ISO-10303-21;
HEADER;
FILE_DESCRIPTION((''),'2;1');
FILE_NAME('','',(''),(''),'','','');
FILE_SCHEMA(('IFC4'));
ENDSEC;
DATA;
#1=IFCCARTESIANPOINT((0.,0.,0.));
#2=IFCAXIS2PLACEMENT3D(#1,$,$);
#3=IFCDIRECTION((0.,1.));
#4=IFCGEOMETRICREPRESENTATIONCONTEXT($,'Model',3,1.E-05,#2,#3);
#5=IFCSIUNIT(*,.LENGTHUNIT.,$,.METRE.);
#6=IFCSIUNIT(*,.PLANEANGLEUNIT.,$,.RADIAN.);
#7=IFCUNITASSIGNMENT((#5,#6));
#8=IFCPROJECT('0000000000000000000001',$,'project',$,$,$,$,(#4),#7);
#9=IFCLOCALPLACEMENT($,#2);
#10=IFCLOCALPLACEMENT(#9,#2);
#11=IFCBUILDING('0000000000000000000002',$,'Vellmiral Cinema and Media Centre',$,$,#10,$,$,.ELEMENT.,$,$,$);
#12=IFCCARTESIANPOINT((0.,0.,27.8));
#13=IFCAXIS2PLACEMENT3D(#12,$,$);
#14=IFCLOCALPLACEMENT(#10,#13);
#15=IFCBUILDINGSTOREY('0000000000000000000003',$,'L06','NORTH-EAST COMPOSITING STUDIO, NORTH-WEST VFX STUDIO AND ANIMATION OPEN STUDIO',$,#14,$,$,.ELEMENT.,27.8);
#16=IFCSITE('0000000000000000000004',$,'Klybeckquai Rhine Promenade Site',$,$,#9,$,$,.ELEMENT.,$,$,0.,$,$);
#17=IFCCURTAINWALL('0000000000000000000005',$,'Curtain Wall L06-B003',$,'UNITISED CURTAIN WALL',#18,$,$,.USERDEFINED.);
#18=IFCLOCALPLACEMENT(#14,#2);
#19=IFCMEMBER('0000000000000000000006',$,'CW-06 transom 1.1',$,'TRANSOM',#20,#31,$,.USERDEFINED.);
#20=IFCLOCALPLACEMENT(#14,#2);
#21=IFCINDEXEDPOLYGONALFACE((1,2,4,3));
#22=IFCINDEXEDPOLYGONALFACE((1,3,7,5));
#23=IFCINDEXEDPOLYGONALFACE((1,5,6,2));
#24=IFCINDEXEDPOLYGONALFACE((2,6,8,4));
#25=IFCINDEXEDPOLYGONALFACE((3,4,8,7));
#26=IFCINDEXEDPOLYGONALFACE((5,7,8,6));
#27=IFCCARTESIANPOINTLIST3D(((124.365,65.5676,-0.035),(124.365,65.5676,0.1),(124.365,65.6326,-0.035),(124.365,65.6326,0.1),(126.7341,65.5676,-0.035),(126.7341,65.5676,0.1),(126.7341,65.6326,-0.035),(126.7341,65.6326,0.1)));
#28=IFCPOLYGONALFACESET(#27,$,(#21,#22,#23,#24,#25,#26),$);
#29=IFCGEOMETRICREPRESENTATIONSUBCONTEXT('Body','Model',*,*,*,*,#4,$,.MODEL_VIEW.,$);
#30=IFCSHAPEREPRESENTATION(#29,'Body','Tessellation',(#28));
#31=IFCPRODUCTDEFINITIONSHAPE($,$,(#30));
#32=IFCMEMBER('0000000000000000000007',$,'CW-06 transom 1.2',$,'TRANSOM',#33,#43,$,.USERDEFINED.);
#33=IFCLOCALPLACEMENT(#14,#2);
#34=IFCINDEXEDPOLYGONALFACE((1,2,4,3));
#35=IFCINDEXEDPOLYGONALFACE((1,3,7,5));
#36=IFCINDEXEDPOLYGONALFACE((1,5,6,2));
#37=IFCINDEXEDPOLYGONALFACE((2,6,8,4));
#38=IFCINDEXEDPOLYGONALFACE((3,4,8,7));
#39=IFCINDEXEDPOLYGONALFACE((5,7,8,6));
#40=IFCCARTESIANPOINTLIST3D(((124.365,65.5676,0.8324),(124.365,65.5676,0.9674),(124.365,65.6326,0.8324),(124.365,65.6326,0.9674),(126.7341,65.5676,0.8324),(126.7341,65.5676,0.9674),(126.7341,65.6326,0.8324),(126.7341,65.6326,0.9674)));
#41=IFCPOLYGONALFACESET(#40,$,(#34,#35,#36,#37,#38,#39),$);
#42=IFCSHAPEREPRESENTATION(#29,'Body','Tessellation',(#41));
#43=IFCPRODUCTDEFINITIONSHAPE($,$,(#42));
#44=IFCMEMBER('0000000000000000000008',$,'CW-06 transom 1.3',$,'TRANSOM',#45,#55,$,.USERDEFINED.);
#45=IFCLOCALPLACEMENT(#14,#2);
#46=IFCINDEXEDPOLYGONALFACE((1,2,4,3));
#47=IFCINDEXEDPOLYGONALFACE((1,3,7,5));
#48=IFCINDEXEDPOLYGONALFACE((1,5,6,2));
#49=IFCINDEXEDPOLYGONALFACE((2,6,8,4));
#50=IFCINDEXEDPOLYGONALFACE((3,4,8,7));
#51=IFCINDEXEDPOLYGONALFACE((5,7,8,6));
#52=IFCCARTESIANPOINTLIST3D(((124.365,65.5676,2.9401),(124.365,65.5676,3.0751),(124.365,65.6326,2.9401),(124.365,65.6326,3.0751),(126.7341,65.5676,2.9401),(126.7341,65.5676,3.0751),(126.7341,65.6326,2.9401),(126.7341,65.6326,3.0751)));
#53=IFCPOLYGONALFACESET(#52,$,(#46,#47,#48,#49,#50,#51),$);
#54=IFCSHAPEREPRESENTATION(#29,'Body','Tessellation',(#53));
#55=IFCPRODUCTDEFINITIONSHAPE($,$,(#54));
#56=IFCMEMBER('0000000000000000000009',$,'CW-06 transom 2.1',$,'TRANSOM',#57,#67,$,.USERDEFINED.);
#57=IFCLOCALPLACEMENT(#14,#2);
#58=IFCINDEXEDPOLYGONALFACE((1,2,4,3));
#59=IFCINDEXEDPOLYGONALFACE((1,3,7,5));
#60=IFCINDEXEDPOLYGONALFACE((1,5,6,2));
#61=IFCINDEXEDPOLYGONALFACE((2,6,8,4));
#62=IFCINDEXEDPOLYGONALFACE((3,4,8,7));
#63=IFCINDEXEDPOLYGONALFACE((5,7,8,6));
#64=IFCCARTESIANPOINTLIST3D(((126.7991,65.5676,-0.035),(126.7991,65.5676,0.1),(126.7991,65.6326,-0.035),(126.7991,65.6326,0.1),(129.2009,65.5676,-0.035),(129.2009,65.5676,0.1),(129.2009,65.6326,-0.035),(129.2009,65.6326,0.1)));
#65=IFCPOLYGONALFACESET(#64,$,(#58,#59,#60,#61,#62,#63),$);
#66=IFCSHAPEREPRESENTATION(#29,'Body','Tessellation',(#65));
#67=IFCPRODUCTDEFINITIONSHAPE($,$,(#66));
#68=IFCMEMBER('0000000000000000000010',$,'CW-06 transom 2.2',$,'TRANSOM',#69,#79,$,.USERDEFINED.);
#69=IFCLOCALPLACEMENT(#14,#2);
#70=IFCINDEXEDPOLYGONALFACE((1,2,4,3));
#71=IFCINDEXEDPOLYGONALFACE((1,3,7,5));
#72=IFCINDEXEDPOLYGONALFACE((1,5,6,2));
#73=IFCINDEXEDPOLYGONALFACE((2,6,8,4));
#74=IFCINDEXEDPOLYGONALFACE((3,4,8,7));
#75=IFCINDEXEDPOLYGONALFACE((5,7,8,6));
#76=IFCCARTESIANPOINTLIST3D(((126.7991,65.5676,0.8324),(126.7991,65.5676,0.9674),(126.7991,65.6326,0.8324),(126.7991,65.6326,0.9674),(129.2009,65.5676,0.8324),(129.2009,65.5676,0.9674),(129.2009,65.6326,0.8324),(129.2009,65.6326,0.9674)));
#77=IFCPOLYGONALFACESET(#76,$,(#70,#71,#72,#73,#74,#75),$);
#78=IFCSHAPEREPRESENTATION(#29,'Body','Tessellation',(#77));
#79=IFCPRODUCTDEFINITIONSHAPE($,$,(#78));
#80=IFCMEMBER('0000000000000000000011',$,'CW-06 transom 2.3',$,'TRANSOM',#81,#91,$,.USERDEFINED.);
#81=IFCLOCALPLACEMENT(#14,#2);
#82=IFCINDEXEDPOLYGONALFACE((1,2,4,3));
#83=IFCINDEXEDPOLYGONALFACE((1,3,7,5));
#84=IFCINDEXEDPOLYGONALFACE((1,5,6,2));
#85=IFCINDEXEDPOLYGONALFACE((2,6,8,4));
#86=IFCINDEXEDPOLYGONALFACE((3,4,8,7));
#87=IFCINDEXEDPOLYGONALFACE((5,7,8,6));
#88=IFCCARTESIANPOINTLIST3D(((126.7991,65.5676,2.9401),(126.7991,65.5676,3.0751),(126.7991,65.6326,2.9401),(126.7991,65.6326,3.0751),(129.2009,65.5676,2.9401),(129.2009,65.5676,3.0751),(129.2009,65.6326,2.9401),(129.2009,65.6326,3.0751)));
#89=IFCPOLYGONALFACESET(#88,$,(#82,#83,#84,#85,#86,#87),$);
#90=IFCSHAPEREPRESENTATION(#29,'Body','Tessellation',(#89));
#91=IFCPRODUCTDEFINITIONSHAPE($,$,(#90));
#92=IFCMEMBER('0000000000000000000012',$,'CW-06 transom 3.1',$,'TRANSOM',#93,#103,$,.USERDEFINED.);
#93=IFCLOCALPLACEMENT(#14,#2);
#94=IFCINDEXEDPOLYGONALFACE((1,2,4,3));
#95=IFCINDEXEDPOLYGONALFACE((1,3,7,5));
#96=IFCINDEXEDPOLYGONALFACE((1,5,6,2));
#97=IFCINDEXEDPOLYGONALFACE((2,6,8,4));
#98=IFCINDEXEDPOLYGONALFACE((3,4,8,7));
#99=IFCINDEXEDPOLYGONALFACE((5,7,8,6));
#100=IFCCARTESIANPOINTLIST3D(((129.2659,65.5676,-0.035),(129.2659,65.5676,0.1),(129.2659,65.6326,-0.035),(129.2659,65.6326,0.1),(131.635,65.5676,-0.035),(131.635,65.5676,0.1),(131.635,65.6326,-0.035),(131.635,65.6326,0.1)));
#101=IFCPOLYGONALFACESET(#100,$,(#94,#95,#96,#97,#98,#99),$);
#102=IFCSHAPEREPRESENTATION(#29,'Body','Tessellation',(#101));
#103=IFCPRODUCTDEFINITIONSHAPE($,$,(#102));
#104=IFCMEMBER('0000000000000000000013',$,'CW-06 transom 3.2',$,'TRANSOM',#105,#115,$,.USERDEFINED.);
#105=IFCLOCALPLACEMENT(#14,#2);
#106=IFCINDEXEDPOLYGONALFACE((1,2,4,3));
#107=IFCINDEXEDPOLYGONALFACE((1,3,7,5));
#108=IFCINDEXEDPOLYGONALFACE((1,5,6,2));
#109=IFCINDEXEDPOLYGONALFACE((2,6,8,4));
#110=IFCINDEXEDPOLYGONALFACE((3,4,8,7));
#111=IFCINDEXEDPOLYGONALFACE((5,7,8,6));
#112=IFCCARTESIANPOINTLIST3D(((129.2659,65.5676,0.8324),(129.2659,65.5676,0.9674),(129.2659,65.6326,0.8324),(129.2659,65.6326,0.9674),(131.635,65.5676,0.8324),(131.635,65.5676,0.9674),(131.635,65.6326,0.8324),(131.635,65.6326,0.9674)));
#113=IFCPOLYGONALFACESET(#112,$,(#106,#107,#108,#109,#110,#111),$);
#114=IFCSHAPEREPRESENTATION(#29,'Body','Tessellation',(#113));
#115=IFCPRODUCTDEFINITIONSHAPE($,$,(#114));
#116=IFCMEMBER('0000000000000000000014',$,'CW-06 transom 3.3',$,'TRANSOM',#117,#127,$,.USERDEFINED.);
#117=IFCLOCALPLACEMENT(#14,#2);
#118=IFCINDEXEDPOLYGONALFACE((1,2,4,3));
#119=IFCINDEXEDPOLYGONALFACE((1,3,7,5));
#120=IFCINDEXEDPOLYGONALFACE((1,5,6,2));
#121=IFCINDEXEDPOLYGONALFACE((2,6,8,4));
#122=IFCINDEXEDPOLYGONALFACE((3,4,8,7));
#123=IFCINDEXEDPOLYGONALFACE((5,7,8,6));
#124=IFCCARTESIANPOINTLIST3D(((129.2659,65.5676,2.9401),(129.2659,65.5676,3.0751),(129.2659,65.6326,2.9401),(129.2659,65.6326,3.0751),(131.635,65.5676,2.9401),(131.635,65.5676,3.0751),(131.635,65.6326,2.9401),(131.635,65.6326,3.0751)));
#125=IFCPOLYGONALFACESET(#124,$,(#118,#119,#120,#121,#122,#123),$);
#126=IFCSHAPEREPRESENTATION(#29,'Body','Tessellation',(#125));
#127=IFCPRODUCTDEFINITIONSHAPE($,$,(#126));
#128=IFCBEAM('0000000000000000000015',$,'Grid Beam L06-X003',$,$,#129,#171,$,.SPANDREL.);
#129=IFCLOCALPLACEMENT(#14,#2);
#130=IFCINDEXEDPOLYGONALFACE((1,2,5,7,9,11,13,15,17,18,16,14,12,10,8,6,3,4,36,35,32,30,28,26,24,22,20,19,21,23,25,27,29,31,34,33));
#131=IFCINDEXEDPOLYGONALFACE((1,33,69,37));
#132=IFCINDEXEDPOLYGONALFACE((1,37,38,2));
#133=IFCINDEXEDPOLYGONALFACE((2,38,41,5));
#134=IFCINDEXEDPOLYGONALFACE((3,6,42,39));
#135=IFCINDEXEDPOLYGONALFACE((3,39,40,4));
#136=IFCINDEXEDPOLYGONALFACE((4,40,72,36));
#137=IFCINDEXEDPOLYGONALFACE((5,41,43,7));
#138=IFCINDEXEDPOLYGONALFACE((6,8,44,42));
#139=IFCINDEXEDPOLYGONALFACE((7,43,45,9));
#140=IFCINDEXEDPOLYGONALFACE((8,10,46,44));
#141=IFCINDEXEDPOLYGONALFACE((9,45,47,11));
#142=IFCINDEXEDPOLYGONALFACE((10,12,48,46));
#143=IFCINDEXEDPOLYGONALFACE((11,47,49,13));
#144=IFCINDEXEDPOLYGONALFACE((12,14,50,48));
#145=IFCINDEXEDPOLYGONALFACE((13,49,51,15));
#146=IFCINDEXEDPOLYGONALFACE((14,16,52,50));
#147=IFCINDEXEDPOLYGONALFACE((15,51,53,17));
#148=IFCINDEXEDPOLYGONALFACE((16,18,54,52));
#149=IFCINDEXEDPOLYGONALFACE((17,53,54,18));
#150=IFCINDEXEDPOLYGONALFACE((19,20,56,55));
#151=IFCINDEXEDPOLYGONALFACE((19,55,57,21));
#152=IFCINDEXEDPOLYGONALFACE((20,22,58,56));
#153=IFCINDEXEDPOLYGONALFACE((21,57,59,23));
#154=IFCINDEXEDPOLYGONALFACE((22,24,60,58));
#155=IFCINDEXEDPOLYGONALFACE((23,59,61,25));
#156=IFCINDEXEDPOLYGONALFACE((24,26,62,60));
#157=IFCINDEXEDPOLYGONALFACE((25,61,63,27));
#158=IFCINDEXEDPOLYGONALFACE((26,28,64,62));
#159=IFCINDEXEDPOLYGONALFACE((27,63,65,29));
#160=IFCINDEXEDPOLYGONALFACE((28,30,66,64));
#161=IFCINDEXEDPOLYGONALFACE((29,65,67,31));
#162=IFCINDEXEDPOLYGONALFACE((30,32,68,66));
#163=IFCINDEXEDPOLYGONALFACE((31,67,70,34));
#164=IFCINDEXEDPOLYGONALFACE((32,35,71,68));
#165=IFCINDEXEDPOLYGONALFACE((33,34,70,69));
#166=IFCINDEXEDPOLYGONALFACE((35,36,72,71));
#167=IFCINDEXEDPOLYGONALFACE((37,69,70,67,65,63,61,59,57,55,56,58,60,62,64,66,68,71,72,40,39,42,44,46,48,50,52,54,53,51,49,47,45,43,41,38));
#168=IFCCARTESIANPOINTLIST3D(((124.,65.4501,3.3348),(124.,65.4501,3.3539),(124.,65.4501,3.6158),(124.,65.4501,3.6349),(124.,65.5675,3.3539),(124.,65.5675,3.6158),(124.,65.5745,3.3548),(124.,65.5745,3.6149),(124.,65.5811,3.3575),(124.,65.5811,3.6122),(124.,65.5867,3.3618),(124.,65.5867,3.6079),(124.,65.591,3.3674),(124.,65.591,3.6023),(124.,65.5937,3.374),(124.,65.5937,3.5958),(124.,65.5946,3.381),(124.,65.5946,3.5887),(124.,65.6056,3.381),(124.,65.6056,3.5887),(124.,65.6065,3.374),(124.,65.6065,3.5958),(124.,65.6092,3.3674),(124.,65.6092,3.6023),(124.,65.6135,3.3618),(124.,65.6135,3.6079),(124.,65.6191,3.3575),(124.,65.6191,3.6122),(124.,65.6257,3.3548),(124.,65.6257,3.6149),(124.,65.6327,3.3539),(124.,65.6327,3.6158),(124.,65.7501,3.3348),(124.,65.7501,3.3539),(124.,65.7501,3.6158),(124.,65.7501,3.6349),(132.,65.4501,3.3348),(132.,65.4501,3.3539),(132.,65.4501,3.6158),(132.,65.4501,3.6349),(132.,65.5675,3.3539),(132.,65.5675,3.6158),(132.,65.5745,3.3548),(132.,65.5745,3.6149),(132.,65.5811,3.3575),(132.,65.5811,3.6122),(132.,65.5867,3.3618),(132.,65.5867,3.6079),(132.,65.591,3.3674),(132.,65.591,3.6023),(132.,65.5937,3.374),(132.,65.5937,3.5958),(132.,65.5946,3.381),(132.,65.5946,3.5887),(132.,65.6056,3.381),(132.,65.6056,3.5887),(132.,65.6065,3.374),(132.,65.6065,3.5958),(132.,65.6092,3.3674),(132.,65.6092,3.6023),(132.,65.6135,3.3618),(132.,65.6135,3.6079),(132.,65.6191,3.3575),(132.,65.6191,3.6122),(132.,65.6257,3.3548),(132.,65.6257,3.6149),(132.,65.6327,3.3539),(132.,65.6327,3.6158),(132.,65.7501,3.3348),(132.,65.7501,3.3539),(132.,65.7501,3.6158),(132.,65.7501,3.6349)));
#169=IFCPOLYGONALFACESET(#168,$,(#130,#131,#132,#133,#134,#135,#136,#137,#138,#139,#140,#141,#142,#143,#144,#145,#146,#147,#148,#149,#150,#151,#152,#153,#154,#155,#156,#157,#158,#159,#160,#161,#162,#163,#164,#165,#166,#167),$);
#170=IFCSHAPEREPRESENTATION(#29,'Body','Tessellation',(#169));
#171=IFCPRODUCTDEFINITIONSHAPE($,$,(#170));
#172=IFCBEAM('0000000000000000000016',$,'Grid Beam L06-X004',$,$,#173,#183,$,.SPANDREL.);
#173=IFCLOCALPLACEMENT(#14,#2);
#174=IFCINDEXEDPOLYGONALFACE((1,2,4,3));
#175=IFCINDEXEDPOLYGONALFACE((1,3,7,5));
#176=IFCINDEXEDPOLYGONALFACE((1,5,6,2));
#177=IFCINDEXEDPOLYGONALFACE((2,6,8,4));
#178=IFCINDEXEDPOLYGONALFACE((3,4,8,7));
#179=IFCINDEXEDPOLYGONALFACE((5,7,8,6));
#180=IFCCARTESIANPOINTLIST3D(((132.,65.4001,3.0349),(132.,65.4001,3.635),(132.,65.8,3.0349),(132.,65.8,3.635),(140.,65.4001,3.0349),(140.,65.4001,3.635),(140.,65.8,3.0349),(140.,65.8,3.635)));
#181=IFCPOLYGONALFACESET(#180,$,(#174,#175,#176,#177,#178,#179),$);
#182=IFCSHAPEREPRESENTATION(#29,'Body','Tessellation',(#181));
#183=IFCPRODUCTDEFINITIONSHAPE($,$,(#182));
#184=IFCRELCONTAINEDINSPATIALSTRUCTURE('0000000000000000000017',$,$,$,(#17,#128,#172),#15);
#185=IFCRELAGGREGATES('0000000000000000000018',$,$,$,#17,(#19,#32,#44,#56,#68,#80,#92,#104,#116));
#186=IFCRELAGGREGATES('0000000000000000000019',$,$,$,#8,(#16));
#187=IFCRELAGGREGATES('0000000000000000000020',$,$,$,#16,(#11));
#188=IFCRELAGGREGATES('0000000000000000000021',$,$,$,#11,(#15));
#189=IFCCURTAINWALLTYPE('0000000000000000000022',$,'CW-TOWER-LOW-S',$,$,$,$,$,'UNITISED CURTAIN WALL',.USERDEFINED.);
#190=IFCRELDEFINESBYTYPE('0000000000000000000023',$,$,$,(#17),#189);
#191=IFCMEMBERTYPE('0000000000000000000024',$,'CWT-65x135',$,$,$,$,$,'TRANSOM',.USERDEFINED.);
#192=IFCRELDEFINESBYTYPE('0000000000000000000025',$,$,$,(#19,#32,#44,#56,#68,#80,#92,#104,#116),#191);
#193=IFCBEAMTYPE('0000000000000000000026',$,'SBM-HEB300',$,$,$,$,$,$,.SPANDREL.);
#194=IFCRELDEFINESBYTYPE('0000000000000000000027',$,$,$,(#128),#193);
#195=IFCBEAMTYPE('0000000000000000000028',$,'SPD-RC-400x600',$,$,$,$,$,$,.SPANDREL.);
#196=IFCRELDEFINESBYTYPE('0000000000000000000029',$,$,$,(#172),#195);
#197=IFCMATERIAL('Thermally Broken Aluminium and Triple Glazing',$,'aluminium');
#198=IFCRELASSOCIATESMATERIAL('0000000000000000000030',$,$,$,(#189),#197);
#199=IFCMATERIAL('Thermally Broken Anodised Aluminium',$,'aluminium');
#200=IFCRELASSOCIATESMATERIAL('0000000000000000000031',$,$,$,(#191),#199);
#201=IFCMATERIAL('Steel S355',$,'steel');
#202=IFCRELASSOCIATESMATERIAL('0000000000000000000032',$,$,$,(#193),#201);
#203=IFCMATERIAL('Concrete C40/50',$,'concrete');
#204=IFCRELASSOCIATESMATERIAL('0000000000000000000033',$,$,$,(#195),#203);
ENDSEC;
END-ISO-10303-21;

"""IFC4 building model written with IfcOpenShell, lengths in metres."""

from ifc_helpers import new_model, si_unit, direction, frame, origin, origin_2d, place, context, subcontext, project, spatial, rectangle, i_section, extrude, material, material_profile, profile_set, type_object, element, aggregate, save


model = new_model("IFC4")

# Units and contexts
model_context = context("Model", 3, precision=1e-05, world=origin(), true_north=direction((0.0, 1.0)))
body_context = subcontext(model_context, "Body", "Model", "MODEL_VIEW")
ifc_project = project(units=[si_unit("LENGTHUNIT", "METRE"), si_unit("PLANEANGLEUNIT", "RADIAN")], contexts=[model_context])

# Site, building, storey
site_placement = place(None, origin())
site = spatial("IfcSite", under=ifc_project, at=site_placement, Name="Klybeckquai Rhine Promenade Site", CompositionType="ELEMENT", RefElevation=0.0)
building_placement = place(site_placement, origin())
building = spatial("IfcBuilding", under=site, at=building_placement, Name="Vellmiral Cinema and Media Centre", CompositionType="ELEMENT")
storey_placement = place(building_placement, frame((0.0, 0.0, 27.8)))
storey = spatial("IfcBuildingStorey", under=building, at=storey_placement, Name="L06", Description="NORTH-EAST COMPOSITING STUDIO, NORTH-WEST VFX STUDIO AND ANIMATION OPEN STUDIO", CompositionType="ELEMENT", Elevation=27.8)

# Curtain wall, members
ifc_material_1 = material(Name="Thermally Broken Aluminium and Triple Glazing", Category="aluminium")
curtain_wall_type = type_object("IfcCurtainWallType", Name="CW-TOWER-LOW-S", ElementType="UNITISED CURTAIN WALL", PredefinedType="USERDEFINED", material=ifc_material_1)
curtain_wall_placement = place(storey_placement, origin())
curtain_wall = element("IfcCurtainWall", 1, at=curtain_wall_placement, inside=storey, type_object=curtain_wall_type, Name="Curtain Wall L06-B003", ObjectType="UNITISED CURTAIN WALL", PredefinedType="USERDEFINED")
ifc_material_2 = material(Name="Thermally Broken Anodised Aluminium", Category="aluminium")
ifc_material_profile_1 = material_profile(ifc_material_2, rectangle(XDim=0.0649, YDim=0.135, at=origin_2d()), Name="MULL 65x135")
ifc_profile_set_1 = profile_set([ifc_material_profile_1], Name="Thermally Broken Anodised Aluminium")
member_type_1 = type_object("IfcMemberType", Name="CWT-65x135", ElementType="TRANSOM", PredefinedType="USERDEFINED", material=ifc_profile_set_1)
member_1_placement = place(storey_placement, frame((124.365, 65.6001, 0.0325), z_axis=(1.0, 0.0, 0.0), x_axis=(0.0, 1.0, 0.0)))
member_1 = element("IfcMember", 2, at=member_1_placement, type_object=member_type_1, Name="CW-06 transom 1.1", ObjectType="TRANSOM", PredefinedType="USERDEFINED", context=body_context, shape_type="SweptSolid", body=[
    extrude(rectangle(XDim=0.0649, YDim=0.135, at=origin_2d()), origin(), (0.0, 0.0, 1.0), 2.3691),
])
member_2_placement = place(storey_placement, frame((124.365, 65.6001, 0.8999), z_axis=(1.0, 0.0, 0.0), x_axis=(0.0, 1.0, 0.0)))
member_2 = element("IfcMember", 3, at=member_2_placement, type_object=member_type_1, Name="CW-06 transom 1.2", ObjectType="TRANSOM", PredefinedType="USERDEFINED", context=body_context, shape_type="SweptSolid", body=[
    extrude(rectangle(XDim=0.0649, YDim=0.135, at=origin_2d()), origin(), (0.0, 0.0, 1.0), 2.3691),
])
member_3_placement = place(storey_placement, frame((124.365, 65.6001, 3.0076), z_axis=(1.0, 0.0, 0.0), x_axis=(0.0, 1.0, 0.0)))
member_3 = element("IfcMember", 4, at=member_3_placement, type_object=member_type_1, Name="CW-06 transom 1.3", ObjectType="TRANSOM", PredefinedType="USERDEFINED", context=body_context, shape_type="SweptSolid", body=[
    extrude(rectangle(XDim=0.0649, YDim=0.135, at=origin_2d()), origin(), (0.0, 0.0, 1.0), 2.3691),
])
member_4_placement = place(storey_placement, frame((126.7991, 65.6001, 0.0325), z_axis=(1.0, 0.0, 0.0), x_axis=(0.0, 1.0, 0.0)))
member_4 = element("IfcMember", 5, at=member_4_placement, type_object=member_type_1, Name="CW-06 transom 2.1", ObjectType="TRANSOM", PredefinedType="USERDEFINED", context=body_context, shape_type="SweptSolid", body=[
    extrude(rectangle(XDim=0.0649, YDim=0.135, at=origin_2d()), origin(), (0.0, 0.0, 1.0), 2.4019),
])
member_5_placement = place(storey_placement, frame((126.7991, 65.6001, 0.8999), z_axis=(1.0, 0.0, 0.0), x_axis=(0.0, 1.0, 0.0)))
member_5 = element("IfcMember", 6, at=member_5_placement, type_object=member_type_1, Name="CW-06 transom 2.2", ObjectType="TRANSOM", PredefinedType="USERDEFINED", context=body_context, shape_type="SweptSolid", body=[
    extrude(rectangle(XDim=0.0649, YDim=0.135, at=origin_2d()), origin(), (0.0, 0.0, 1.0), 2.4019),
])
member_6_placement = place(storey_placement, frame((126.7991, 65.6001, 3.0076), z_axis=(1.0, 0.0, 0.0), x_axis=(0.0, 1.0, 0.0)))
member_6 = element("IfcMember", 7, at=member_6_placement, type_object=member_type_1, Name="CW-06 transom 2.3", ObjectType="TRANSOM", PredefinedType="USERDEFINED", context=body_context, shape_type="SweptSolid", body=[
    extrude(rectangle(XDim=0.0649, YDim=0.135, at=origin_2d()), origin(), (0.0, 0.0, 1.0), 2.4019),
])
member_7_placement = place(storey_placement, frame((129.2659, 65.6001, 0.0325), z_axis=(1.0, 0.0, 0.0), x_axis=(0.0, 1.0, 0.0)))
member_7 = element("IfcMember", 8, at=member_7_placement, type_object=member_type_1, Name="CW-06 transom 3.1", ObjectType="TRANSOM", PredefinedType="USERDEFINED", context=body_context, shape_type="SweptSolid", body=[
    extrude(rectangle(XDim=0.0649, YDim=0.135, at=origin_2d()), origin(), (0.0, 0.0, 1.0), 2.3691),
])
member_8_placement = place(storey_placement, frame((129.2659, 65.6001, 0.8999), z_axis=(1.0, 0.0, 0.0), x_axis=(0.0, 1.0, 0.0)))
member_8 = element("IfcMember", 9, at=member_8_placement, type_object=member_type_1, Name="CW-06 transom 3.2", ObjectType="TRANSOM", PredefinedType="USERDEFINED", context=body_context, shape_type="SweptSolid", body=[
    extrude(rectangle(XDim=0.0649, YDim=0.135, at=origin_2d()), origin(), (0.0, 0.0, 1.0), 2.3691),
])
member_9_placement = place(storey_placement, frame((129.2659, 65.6001, 3.0076), z_axis=(1.0, 0.0, 0.0), x_axis=(0.0, 1.0, 0.0)))
member_9 = element("IfcMember", 10, at=member_9_placement, type_object=member_type_1, Name="CW-06 transom 3.3", ObjectType="TRANSOM", PredefinedType="USERDEFINED", context=body_context, shape_type="SweptSolid", body=[
    extrude(rectangle(XDim=0.0649, YDim=0.135, at=origin_2d()), origin(), (0.0, 0.0, 1.0), 2.3691),
])

# Beams
ifc_material_3 = material(Name="Steel S355", Category="steel")
ifc_material_profile_2 = material_profile(ifc_material_3, i_section(OverallWidth=0.3, OverallDepth=0.3, WebThickness=0.011, FlangeThickness=0.019, FilletRadius=0.0271, at=origin_2d()), Name="HEB 300")
ifc_profile_set_2 = profile_set([ifc_material_profile_2], Name="Steel S355")
beam_type_1 = type_object("IfcBeamType", Name="SBM-HEB300", PredefinedType="SPANDREL", material=ifc_profile_set_2)
beam_1_placement = place(storey_placement, frame((124.0, 65.6001, 3.4849), z_axis=(1.0, 0.0, 0.0), x_axis=(0.0, 1.0, 0.0)))
element("IfcBeam", 11, at=beam_1_placement, inside=storey, type_object=beam_type_1, Name="Grid Beam L06-X003", PredefinedType="SPANDREL", context=body_context, shape_type="SweptSolid", body=[
    extrude(i_section(OverallWidth=0.3, OverallDepth=0.3, WebThickness=0.011, FlangeThickness=0.019, FilletRadius=0.0271, at=origin_2d()), origin(), (0.0, 0.0, 1.0), 8.0),
])
ifc_material_4 = material(Name="Concrete C40/50", Category="concrete")
ifc_material_profile_3 = material_profile(ifc_material_4, rectangle(XDim=0.3999, YDim=0.6001, at=origin_2d()), Name="RC 400x600")
ifc_profile_set_3 = profile_set([ifc_material_profile_3], Name="Concrete C40/50")
beam_type_2 = type_object("IfcBeamType", Name="SPD-RC-400x600", PredefinedType="SPANDREL", material=ifc_profile_set_3)
beam_2_placement = place(storey_placement, frame((132.0, 65.6001, 3.335), z_axis=(1.0, 0.0, 0.0), x_axis=(0.0, 1.0, 0.0)))
element("IfcBeam", 12, at=beam_2_placement, inside=storey, type_object=beam_type_2, Name="Grid Beam L06-X004", PredefinedType="SPANDREL", context=body_context, shape_type="SweptSolid", body=[
    extrude(rectangle(XDim=0.3999, YDim=0.6001, at=origin_2d()), origin(), (0.0, 0.0, 1.0), 8.0),
])

aggregate(curtain_wall, [member_1, member_2, member_3, member_4, member_5, member_6, member_7, member_8, member_9])

save(model, "model.ifc")
